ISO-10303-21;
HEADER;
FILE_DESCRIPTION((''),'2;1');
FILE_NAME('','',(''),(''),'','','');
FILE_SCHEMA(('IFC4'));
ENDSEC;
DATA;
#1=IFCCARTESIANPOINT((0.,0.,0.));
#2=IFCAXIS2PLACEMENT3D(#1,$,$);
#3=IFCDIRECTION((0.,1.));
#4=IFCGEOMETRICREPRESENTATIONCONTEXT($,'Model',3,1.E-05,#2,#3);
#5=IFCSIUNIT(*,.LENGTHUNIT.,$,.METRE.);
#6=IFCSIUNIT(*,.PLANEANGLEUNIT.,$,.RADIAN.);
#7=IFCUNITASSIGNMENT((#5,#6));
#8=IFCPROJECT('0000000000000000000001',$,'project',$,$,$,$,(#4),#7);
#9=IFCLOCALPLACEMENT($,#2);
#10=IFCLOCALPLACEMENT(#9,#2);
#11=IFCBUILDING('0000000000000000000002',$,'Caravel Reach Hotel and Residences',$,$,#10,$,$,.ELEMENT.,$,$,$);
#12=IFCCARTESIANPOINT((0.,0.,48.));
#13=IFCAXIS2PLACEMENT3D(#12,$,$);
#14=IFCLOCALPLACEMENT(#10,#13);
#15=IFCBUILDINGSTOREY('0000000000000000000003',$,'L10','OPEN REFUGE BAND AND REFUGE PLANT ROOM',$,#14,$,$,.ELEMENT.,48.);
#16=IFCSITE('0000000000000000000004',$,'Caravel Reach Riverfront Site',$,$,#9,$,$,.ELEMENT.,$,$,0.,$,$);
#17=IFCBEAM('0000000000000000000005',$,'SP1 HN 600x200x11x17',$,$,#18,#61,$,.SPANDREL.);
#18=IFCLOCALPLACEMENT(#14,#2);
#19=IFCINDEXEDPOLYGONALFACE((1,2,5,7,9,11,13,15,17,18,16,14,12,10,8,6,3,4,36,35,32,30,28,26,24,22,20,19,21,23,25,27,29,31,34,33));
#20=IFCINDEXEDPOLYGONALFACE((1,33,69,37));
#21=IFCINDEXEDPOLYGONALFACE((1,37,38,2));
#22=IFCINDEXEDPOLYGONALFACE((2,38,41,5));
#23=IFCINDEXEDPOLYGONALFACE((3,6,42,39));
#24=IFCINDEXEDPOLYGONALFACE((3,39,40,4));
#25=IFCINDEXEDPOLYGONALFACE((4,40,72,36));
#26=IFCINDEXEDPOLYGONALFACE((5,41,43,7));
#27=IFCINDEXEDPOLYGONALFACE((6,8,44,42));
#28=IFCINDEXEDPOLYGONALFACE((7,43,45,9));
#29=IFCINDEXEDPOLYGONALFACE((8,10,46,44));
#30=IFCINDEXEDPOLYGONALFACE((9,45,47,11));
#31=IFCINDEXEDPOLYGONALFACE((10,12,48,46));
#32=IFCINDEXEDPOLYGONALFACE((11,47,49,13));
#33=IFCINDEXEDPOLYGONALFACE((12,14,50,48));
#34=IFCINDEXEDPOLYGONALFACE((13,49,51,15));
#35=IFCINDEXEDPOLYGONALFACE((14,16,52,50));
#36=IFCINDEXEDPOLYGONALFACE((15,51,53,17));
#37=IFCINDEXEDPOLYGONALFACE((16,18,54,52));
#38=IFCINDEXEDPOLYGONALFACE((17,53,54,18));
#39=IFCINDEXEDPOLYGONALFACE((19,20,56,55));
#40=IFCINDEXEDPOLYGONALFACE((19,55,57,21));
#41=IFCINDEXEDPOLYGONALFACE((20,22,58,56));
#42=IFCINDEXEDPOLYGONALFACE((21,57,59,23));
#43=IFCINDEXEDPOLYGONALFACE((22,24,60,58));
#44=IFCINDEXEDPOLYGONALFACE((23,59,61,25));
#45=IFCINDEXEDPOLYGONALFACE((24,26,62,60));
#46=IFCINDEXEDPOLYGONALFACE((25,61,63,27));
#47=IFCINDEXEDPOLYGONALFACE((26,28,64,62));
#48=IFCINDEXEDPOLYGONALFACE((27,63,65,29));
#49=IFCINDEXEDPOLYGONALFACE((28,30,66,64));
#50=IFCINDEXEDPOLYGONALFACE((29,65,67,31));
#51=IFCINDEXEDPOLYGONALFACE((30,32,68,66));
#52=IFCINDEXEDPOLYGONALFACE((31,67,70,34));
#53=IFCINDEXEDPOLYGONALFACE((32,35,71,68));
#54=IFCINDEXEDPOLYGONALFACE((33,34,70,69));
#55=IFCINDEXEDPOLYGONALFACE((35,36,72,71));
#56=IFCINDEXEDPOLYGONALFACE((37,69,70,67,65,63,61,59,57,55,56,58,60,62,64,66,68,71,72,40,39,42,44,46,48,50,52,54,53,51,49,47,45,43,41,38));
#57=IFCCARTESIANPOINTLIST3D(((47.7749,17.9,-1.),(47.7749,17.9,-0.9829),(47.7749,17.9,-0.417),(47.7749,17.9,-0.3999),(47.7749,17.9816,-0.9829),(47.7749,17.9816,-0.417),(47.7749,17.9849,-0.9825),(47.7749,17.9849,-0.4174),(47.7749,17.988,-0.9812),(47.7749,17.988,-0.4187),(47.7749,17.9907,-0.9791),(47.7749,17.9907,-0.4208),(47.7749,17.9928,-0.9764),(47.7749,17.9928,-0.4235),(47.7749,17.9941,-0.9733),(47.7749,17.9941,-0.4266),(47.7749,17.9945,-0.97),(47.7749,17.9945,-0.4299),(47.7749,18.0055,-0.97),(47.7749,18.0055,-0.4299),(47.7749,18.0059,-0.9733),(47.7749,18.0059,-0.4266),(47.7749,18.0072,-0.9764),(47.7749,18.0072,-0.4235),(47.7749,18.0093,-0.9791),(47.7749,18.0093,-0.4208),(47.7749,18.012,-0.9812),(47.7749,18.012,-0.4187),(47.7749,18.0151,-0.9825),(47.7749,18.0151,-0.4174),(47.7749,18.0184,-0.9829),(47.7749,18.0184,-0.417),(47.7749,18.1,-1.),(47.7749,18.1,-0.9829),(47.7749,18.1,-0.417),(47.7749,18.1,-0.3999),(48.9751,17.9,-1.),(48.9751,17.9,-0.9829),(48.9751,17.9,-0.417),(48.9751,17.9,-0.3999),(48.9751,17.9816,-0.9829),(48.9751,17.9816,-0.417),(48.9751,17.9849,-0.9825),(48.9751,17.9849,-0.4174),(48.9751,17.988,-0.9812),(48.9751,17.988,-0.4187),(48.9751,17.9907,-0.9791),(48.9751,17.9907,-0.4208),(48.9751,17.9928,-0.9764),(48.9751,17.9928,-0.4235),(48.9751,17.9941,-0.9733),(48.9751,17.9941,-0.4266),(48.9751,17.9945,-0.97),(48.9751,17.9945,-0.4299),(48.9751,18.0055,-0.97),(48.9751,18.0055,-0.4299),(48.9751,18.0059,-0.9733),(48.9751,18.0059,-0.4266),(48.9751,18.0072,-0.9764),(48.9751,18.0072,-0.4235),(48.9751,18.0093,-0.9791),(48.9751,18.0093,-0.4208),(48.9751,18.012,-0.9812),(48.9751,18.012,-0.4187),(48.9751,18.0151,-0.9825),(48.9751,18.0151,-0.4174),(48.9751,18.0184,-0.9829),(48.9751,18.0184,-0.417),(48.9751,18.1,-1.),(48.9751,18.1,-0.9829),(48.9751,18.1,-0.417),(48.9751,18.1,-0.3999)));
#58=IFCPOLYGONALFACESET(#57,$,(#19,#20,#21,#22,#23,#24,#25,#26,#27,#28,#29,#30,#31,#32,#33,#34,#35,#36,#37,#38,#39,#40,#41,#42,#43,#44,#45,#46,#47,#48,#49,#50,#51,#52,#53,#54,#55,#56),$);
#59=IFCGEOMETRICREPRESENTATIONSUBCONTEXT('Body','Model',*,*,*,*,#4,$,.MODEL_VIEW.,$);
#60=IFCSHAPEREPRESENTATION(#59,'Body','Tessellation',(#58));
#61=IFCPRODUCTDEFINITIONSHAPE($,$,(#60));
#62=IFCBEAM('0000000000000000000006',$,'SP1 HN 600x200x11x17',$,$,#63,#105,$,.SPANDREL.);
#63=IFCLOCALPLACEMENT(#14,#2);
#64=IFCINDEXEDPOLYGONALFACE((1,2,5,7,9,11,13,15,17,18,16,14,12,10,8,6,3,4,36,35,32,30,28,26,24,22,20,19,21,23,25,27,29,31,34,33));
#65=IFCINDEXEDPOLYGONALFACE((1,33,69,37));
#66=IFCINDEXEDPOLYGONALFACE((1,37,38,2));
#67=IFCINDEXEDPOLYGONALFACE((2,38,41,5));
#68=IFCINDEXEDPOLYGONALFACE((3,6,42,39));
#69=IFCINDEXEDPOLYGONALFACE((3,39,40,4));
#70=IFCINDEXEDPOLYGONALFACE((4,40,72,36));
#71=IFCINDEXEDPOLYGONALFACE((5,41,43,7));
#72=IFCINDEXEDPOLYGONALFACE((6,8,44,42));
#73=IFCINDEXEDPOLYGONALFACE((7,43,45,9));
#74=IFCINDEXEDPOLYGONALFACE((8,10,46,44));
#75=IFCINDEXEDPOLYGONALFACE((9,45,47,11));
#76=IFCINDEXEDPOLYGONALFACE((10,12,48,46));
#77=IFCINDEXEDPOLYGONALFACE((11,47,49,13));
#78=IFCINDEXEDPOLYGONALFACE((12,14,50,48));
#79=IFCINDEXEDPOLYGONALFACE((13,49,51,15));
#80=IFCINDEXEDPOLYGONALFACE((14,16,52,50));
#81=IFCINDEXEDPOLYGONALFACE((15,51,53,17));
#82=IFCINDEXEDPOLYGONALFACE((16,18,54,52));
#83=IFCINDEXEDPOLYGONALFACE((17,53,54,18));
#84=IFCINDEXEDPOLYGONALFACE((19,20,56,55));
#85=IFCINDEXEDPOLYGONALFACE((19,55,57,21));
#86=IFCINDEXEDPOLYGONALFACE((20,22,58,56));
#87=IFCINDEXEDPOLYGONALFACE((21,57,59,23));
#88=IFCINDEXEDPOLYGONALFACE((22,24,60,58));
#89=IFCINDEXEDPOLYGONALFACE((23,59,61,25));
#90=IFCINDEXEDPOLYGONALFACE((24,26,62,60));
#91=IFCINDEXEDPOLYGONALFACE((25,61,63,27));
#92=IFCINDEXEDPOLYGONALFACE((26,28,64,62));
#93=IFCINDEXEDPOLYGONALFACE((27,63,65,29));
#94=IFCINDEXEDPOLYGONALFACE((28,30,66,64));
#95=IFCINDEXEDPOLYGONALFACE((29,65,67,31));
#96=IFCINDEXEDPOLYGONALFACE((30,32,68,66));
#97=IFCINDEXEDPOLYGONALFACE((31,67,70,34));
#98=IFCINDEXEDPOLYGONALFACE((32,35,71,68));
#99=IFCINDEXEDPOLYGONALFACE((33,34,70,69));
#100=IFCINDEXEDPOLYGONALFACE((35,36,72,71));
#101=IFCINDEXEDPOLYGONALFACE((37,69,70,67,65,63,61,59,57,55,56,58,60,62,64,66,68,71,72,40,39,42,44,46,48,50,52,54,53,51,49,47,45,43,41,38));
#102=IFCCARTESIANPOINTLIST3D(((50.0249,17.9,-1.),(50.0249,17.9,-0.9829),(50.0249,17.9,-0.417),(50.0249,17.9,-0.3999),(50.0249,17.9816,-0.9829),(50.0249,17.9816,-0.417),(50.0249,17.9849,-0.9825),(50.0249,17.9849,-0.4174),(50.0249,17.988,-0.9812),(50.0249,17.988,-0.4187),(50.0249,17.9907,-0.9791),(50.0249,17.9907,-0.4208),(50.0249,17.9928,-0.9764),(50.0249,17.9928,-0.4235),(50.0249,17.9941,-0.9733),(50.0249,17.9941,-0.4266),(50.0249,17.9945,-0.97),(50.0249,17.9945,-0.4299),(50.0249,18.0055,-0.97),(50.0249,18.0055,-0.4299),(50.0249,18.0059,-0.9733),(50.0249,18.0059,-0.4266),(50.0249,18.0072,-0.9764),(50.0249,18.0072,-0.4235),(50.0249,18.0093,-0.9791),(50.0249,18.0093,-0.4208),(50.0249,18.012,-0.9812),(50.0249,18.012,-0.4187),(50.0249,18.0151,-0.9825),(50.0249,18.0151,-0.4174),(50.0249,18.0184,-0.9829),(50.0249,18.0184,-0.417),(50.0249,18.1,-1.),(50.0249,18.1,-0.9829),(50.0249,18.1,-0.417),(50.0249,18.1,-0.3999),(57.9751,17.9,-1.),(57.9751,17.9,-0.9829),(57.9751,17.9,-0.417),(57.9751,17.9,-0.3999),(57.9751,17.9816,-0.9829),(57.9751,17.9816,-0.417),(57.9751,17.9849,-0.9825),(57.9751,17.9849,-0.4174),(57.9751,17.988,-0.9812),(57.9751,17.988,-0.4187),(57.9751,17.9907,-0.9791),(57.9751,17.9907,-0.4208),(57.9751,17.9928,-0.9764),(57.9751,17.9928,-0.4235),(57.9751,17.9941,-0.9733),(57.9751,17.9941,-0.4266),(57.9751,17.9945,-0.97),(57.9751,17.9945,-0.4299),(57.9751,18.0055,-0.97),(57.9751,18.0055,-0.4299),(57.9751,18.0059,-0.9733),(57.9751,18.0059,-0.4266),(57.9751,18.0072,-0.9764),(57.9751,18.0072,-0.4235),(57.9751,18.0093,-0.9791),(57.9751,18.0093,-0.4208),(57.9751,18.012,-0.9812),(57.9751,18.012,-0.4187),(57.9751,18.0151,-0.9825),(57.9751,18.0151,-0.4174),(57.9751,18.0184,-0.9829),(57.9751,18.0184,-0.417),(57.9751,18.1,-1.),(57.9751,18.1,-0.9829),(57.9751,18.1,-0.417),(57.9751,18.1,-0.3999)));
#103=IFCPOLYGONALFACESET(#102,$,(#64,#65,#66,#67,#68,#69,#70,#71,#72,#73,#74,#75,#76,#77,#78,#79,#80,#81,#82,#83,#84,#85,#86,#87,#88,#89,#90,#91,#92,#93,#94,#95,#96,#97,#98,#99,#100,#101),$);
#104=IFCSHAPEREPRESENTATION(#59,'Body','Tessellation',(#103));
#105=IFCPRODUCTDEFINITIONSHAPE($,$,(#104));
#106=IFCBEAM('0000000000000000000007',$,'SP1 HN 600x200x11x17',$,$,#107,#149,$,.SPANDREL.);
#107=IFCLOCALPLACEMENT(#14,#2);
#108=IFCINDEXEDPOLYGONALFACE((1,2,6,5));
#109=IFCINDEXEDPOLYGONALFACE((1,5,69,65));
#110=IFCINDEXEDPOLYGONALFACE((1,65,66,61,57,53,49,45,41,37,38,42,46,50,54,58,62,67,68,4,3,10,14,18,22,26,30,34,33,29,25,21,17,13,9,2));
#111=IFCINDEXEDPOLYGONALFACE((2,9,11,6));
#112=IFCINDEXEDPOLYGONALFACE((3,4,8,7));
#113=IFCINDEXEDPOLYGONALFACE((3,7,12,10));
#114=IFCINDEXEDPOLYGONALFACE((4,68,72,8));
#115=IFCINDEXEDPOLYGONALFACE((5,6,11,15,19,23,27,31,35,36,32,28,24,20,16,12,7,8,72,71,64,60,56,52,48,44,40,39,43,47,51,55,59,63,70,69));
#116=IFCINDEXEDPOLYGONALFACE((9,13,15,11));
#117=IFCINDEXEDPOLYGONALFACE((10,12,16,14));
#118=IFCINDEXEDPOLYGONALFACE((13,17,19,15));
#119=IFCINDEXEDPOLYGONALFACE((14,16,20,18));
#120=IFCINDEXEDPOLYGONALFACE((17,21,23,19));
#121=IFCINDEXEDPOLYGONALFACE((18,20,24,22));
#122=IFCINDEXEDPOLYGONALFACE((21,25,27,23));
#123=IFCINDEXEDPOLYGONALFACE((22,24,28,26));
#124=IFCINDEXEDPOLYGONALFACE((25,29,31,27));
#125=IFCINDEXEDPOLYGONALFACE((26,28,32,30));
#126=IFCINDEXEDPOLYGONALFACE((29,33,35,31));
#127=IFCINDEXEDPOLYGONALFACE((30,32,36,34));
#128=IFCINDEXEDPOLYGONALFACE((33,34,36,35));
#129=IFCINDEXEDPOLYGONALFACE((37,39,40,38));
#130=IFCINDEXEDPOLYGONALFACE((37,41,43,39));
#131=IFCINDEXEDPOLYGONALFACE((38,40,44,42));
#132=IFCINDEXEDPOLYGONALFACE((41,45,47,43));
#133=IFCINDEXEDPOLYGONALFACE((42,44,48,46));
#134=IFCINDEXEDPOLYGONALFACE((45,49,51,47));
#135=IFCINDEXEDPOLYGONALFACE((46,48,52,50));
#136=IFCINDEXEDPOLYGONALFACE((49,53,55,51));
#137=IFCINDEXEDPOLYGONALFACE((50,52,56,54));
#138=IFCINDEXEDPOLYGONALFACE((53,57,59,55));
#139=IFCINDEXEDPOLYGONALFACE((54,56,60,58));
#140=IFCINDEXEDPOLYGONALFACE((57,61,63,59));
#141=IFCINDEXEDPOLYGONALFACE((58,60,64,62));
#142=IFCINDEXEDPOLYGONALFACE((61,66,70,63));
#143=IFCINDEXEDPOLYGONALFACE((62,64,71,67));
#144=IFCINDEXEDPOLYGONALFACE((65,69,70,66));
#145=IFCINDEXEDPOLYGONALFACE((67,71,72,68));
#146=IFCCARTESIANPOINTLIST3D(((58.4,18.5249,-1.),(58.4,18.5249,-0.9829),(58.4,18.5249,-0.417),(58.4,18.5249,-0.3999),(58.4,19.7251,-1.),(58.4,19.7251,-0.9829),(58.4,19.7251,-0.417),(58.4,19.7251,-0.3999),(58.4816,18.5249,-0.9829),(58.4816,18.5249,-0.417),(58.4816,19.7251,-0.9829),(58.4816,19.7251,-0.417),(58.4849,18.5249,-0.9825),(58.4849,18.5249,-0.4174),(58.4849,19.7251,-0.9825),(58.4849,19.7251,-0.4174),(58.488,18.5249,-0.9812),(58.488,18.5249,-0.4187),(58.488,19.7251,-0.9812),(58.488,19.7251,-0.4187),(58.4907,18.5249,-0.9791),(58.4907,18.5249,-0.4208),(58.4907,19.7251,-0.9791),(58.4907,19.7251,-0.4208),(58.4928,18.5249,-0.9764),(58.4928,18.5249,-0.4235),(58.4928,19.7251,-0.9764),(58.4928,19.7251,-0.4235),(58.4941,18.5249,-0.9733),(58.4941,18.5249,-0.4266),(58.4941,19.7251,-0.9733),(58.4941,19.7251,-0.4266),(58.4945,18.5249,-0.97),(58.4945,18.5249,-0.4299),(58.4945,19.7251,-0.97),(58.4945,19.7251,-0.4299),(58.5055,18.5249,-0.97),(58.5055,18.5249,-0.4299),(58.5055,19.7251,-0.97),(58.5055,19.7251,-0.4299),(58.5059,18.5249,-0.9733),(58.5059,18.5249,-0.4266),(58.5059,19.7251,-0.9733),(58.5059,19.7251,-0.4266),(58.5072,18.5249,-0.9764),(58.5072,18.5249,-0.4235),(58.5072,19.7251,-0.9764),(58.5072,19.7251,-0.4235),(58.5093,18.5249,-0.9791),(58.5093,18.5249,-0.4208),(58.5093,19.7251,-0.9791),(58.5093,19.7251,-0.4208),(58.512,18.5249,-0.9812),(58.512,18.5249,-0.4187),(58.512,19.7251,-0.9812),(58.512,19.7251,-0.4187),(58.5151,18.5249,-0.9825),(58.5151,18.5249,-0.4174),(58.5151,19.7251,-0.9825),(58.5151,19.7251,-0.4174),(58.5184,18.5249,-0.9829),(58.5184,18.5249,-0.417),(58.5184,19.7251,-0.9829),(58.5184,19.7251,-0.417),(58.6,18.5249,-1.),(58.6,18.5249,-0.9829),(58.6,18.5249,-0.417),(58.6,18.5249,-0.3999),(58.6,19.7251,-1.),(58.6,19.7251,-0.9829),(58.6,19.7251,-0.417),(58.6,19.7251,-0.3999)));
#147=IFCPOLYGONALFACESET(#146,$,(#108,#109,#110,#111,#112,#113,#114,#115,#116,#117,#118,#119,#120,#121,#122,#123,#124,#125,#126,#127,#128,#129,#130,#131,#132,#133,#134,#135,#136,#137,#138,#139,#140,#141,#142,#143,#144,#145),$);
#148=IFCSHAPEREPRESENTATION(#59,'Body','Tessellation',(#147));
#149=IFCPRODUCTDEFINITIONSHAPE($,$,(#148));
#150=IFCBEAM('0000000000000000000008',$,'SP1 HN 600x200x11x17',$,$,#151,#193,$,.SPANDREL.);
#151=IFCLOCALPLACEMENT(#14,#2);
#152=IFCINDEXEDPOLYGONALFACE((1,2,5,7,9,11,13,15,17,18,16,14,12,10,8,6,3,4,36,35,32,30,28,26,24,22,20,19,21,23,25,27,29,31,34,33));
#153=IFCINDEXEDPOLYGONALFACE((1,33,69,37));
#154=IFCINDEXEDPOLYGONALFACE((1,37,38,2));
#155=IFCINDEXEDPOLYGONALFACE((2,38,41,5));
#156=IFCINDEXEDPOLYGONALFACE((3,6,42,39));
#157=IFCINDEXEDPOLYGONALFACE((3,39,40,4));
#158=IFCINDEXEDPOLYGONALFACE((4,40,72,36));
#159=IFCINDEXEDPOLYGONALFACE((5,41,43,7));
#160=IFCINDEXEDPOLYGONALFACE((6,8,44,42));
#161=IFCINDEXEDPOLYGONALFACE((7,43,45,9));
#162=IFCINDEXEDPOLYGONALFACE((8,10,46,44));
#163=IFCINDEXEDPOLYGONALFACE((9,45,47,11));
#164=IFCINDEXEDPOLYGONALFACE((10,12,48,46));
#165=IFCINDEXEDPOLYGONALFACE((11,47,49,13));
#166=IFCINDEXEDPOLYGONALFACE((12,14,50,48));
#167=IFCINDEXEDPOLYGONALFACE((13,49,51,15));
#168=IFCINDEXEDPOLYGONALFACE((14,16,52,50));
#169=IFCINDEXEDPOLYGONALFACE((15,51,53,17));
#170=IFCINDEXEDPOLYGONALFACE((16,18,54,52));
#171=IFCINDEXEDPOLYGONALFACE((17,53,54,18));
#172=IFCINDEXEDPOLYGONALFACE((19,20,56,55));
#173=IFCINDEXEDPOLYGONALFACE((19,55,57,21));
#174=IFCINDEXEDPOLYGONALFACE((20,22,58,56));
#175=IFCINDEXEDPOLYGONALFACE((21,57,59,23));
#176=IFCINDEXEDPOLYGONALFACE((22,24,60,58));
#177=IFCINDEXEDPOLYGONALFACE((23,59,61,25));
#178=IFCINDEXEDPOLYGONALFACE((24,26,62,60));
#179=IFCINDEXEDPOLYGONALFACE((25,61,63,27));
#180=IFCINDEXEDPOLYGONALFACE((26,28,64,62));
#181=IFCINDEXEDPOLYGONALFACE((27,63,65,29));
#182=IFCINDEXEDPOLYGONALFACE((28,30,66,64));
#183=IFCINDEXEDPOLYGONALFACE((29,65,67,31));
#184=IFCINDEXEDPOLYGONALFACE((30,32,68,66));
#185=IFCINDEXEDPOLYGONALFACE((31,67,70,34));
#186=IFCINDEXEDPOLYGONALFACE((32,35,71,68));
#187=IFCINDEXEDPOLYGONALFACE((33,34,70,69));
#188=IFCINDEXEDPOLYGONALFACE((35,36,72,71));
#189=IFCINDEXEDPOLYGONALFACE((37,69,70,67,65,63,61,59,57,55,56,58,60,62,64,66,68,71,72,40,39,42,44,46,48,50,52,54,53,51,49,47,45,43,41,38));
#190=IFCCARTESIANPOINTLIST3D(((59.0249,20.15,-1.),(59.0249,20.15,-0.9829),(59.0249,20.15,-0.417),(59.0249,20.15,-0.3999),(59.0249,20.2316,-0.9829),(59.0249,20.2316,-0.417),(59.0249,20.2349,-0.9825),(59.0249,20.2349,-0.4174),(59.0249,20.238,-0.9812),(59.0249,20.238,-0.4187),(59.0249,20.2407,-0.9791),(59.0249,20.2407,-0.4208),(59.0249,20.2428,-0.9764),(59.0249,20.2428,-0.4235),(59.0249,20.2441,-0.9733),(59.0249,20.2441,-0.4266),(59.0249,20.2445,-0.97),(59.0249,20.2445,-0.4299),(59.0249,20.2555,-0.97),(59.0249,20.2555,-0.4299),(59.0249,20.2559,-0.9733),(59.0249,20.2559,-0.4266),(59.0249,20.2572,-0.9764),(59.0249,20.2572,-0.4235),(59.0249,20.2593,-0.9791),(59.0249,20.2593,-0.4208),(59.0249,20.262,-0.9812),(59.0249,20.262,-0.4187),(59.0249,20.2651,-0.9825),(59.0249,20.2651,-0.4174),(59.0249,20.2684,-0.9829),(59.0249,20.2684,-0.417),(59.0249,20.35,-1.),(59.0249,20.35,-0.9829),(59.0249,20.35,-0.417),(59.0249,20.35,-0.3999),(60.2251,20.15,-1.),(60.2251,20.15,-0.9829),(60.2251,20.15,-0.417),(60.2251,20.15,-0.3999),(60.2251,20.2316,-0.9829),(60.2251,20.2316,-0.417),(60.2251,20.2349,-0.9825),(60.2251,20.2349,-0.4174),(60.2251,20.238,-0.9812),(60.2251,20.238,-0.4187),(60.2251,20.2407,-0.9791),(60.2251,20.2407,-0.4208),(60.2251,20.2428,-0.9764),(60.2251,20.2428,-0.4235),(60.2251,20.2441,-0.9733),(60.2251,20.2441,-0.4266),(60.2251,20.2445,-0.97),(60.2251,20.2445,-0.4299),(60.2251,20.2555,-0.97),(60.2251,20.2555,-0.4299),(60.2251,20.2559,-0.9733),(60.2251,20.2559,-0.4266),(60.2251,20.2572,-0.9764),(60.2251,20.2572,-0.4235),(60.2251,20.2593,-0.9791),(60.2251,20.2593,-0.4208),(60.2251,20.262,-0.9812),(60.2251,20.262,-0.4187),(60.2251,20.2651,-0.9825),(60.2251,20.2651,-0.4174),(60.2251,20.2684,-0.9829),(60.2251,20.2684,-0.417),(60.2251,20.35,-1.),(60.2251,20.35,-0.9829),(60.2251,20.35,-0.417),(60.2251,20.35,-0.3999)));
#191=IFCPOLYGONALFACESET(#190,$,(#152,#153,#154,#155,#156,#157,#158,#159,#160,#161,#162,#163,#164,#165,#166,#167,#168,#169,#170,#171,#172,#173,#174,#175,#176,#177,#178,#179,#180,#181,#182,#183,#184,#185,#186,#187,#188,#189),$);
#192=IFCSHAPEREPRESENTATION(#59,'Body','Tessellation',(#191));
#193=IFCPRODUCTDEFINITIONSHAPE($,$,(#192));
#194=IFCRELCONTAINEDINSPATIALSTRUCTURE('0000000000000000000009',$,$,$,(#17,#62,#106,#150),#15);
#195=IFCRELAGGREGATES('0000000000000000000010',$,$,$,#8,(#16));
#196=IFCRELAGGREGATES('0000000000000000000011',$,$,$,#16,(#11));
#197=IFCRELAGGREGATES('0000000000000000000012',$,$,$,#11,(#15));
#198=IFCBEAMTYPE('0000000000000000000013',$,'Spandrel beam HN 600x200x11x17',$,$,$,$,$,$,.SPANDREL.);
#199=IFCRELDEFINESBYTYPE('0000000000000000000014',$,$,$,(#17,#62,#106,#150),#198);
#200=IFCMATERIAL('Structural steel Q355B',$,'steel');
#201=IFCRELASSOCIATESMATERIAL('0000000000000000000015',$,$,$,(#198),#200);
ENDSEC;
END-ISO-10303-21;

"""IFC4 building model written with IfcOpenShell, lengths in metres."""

from ifc_helpers import new_model, si_unit, direction, frame, origin, origin_2d, place, context, subcontext, project, spatial, i_section, extrude, material, material_profile, profile_set, type_object, element, save


model = new_model("IFC4")

# Units and contexts
model_context = context("Model", 3, precision=1e-05, world=origin(), true_north=direction((0.0, 1.0)))
body_context = subcontext(model_context, "Body", "Model", "MODEL_VIEW")
ifc_project = project(units=[si_unit("LENGTHUNIT", "METRE"), si_unit("PLANEANGLEUNIT", "RADIAN")], contexts=[model_context])

# Site, building, storey
site_placement = place(None, origin())
site = spatial("IfcSite", under=ifc_project, at=site_placement, Name="Caravel Reach Riverfront Site", CompositionType="ELEMENT", RefElevation=0.0)
building_placement = place(site_placement, origin())
building = spatial("IfcBuilding", under=site, at=building_placement, Name="Caravel Reach Hotel and Residences", CompositionType="ELEMENT")
storey_placement = place(building_placement, frame((0.0, 0.0, 48.0)))
storey = spatial("IfcBuildingStorey", under=building, at=storey_placement, Name="L10", Description="OPEN REFUGE BAND AND REFUGE PLANT ROOM", CompositionType="ELEMENT", Elevation=48.0)

# Beams
ifc_material_1 = material(Name="Structural steel Q355B", Category="steel")
ifc_material_profile_1 = material_profile(ifc_material_1, i_section(OverallWidth=0.2, OverallDepth=0.6001, WebThickness=0.011, FlangeThickness=0.0171, FilletRadius=0.0129, at=origin_2d()), Name="HN 600x200x11x17")
ifc_profile_set_1 = profile_set([ifc_material_profile_1], Name="Structural steel Q355B")
beam_type_1 = type_object("IfcBeamType", Name="Spandrel beam HN 600x200x11x17", PredefinedType="SPANDREL", material=ifc_profile_set_1)
for number, where, z_axis, x_axis, name in (
    (1, (47.7749, 18.0, -0.7), (1.0, 0.0, 0.0), (0.0, 1.0, 0.0), "SP1 HN 600x200x11x17"),
):
    element("IfcBeam", number, at=place(storey_placement, frame(where, z_axis=z_axis, x_axis=x_axis)), inside=storey, type_object=beam_type_1, Name=name, PredefinedType="SPANDREL", context=body_context, shape_type="SweptSolid", body=[
        extrude(i_section(OverallWidth=0.2, OverallDepth=0.6001, WebThickness=0.011, FlangeThickness=0.0171, FilletRadius=0.0129, at=origin_2d()), origin(), (0.0, 0.0, 1.0), 1.2002),
    ])
beam_1_placement = place(storey_placement, frame((50.0249, 18.0, -0.7), z_axis=(1.0, 0.0, 0.0), x_axis=(0.0, 1.0, 0.0)))
element("IfcBeam", 2, at=beam_1_placement, inside=storey, type_object=beam_type_1, Name="SP1 HN 600x200x11x17", PredefinedType="SPANDREL", context=body_context, shape_type="SweptSolid", body=[
    extrude(i_section(OverallWidth=0.2, OverallDepth=0.6001, WebThickness=0.011, FlangeThickness=0.0171, FilletRadius=0.0129, at=origin_2d()), origin(), (0.0, 0.0, 1.0), 7.9502),
])
for number, where, z_axis, x_axis, name in (
    (3, (58.5, 18.5249, -0.7), (0.0, 1.0, 0.0), (-1.0, 0.0, 0.0), "SP1 HN 600x200x11x17"),
    (4, (59.0249, 20.25, -0.7), (1.0, 0.0, 0.0), (0.0, 1.0, 0.0), "SP1 HN 600x200x11x17"),
):
    element("IfcBeam", number, at=place(storey_placement, frame(where, z_axis=z_axis, x_axis=x_axis)), inside=storey, type_object=beam_type_1, Name=name, PredefinedType="SPANDREL", context=body_context, shape_type="SweptSolid", body=[
        extrude(i_section(OverallWidth=0.2, OverallDepth=0.6001, WebThickness=0.011, FlangeThickness=0.0171, FilletRadius=0.0129, at=origin_2d()), origin(), (0.0, 0.0, 1.0), 1.2002),
    ])

save(model, "model.ifc")
